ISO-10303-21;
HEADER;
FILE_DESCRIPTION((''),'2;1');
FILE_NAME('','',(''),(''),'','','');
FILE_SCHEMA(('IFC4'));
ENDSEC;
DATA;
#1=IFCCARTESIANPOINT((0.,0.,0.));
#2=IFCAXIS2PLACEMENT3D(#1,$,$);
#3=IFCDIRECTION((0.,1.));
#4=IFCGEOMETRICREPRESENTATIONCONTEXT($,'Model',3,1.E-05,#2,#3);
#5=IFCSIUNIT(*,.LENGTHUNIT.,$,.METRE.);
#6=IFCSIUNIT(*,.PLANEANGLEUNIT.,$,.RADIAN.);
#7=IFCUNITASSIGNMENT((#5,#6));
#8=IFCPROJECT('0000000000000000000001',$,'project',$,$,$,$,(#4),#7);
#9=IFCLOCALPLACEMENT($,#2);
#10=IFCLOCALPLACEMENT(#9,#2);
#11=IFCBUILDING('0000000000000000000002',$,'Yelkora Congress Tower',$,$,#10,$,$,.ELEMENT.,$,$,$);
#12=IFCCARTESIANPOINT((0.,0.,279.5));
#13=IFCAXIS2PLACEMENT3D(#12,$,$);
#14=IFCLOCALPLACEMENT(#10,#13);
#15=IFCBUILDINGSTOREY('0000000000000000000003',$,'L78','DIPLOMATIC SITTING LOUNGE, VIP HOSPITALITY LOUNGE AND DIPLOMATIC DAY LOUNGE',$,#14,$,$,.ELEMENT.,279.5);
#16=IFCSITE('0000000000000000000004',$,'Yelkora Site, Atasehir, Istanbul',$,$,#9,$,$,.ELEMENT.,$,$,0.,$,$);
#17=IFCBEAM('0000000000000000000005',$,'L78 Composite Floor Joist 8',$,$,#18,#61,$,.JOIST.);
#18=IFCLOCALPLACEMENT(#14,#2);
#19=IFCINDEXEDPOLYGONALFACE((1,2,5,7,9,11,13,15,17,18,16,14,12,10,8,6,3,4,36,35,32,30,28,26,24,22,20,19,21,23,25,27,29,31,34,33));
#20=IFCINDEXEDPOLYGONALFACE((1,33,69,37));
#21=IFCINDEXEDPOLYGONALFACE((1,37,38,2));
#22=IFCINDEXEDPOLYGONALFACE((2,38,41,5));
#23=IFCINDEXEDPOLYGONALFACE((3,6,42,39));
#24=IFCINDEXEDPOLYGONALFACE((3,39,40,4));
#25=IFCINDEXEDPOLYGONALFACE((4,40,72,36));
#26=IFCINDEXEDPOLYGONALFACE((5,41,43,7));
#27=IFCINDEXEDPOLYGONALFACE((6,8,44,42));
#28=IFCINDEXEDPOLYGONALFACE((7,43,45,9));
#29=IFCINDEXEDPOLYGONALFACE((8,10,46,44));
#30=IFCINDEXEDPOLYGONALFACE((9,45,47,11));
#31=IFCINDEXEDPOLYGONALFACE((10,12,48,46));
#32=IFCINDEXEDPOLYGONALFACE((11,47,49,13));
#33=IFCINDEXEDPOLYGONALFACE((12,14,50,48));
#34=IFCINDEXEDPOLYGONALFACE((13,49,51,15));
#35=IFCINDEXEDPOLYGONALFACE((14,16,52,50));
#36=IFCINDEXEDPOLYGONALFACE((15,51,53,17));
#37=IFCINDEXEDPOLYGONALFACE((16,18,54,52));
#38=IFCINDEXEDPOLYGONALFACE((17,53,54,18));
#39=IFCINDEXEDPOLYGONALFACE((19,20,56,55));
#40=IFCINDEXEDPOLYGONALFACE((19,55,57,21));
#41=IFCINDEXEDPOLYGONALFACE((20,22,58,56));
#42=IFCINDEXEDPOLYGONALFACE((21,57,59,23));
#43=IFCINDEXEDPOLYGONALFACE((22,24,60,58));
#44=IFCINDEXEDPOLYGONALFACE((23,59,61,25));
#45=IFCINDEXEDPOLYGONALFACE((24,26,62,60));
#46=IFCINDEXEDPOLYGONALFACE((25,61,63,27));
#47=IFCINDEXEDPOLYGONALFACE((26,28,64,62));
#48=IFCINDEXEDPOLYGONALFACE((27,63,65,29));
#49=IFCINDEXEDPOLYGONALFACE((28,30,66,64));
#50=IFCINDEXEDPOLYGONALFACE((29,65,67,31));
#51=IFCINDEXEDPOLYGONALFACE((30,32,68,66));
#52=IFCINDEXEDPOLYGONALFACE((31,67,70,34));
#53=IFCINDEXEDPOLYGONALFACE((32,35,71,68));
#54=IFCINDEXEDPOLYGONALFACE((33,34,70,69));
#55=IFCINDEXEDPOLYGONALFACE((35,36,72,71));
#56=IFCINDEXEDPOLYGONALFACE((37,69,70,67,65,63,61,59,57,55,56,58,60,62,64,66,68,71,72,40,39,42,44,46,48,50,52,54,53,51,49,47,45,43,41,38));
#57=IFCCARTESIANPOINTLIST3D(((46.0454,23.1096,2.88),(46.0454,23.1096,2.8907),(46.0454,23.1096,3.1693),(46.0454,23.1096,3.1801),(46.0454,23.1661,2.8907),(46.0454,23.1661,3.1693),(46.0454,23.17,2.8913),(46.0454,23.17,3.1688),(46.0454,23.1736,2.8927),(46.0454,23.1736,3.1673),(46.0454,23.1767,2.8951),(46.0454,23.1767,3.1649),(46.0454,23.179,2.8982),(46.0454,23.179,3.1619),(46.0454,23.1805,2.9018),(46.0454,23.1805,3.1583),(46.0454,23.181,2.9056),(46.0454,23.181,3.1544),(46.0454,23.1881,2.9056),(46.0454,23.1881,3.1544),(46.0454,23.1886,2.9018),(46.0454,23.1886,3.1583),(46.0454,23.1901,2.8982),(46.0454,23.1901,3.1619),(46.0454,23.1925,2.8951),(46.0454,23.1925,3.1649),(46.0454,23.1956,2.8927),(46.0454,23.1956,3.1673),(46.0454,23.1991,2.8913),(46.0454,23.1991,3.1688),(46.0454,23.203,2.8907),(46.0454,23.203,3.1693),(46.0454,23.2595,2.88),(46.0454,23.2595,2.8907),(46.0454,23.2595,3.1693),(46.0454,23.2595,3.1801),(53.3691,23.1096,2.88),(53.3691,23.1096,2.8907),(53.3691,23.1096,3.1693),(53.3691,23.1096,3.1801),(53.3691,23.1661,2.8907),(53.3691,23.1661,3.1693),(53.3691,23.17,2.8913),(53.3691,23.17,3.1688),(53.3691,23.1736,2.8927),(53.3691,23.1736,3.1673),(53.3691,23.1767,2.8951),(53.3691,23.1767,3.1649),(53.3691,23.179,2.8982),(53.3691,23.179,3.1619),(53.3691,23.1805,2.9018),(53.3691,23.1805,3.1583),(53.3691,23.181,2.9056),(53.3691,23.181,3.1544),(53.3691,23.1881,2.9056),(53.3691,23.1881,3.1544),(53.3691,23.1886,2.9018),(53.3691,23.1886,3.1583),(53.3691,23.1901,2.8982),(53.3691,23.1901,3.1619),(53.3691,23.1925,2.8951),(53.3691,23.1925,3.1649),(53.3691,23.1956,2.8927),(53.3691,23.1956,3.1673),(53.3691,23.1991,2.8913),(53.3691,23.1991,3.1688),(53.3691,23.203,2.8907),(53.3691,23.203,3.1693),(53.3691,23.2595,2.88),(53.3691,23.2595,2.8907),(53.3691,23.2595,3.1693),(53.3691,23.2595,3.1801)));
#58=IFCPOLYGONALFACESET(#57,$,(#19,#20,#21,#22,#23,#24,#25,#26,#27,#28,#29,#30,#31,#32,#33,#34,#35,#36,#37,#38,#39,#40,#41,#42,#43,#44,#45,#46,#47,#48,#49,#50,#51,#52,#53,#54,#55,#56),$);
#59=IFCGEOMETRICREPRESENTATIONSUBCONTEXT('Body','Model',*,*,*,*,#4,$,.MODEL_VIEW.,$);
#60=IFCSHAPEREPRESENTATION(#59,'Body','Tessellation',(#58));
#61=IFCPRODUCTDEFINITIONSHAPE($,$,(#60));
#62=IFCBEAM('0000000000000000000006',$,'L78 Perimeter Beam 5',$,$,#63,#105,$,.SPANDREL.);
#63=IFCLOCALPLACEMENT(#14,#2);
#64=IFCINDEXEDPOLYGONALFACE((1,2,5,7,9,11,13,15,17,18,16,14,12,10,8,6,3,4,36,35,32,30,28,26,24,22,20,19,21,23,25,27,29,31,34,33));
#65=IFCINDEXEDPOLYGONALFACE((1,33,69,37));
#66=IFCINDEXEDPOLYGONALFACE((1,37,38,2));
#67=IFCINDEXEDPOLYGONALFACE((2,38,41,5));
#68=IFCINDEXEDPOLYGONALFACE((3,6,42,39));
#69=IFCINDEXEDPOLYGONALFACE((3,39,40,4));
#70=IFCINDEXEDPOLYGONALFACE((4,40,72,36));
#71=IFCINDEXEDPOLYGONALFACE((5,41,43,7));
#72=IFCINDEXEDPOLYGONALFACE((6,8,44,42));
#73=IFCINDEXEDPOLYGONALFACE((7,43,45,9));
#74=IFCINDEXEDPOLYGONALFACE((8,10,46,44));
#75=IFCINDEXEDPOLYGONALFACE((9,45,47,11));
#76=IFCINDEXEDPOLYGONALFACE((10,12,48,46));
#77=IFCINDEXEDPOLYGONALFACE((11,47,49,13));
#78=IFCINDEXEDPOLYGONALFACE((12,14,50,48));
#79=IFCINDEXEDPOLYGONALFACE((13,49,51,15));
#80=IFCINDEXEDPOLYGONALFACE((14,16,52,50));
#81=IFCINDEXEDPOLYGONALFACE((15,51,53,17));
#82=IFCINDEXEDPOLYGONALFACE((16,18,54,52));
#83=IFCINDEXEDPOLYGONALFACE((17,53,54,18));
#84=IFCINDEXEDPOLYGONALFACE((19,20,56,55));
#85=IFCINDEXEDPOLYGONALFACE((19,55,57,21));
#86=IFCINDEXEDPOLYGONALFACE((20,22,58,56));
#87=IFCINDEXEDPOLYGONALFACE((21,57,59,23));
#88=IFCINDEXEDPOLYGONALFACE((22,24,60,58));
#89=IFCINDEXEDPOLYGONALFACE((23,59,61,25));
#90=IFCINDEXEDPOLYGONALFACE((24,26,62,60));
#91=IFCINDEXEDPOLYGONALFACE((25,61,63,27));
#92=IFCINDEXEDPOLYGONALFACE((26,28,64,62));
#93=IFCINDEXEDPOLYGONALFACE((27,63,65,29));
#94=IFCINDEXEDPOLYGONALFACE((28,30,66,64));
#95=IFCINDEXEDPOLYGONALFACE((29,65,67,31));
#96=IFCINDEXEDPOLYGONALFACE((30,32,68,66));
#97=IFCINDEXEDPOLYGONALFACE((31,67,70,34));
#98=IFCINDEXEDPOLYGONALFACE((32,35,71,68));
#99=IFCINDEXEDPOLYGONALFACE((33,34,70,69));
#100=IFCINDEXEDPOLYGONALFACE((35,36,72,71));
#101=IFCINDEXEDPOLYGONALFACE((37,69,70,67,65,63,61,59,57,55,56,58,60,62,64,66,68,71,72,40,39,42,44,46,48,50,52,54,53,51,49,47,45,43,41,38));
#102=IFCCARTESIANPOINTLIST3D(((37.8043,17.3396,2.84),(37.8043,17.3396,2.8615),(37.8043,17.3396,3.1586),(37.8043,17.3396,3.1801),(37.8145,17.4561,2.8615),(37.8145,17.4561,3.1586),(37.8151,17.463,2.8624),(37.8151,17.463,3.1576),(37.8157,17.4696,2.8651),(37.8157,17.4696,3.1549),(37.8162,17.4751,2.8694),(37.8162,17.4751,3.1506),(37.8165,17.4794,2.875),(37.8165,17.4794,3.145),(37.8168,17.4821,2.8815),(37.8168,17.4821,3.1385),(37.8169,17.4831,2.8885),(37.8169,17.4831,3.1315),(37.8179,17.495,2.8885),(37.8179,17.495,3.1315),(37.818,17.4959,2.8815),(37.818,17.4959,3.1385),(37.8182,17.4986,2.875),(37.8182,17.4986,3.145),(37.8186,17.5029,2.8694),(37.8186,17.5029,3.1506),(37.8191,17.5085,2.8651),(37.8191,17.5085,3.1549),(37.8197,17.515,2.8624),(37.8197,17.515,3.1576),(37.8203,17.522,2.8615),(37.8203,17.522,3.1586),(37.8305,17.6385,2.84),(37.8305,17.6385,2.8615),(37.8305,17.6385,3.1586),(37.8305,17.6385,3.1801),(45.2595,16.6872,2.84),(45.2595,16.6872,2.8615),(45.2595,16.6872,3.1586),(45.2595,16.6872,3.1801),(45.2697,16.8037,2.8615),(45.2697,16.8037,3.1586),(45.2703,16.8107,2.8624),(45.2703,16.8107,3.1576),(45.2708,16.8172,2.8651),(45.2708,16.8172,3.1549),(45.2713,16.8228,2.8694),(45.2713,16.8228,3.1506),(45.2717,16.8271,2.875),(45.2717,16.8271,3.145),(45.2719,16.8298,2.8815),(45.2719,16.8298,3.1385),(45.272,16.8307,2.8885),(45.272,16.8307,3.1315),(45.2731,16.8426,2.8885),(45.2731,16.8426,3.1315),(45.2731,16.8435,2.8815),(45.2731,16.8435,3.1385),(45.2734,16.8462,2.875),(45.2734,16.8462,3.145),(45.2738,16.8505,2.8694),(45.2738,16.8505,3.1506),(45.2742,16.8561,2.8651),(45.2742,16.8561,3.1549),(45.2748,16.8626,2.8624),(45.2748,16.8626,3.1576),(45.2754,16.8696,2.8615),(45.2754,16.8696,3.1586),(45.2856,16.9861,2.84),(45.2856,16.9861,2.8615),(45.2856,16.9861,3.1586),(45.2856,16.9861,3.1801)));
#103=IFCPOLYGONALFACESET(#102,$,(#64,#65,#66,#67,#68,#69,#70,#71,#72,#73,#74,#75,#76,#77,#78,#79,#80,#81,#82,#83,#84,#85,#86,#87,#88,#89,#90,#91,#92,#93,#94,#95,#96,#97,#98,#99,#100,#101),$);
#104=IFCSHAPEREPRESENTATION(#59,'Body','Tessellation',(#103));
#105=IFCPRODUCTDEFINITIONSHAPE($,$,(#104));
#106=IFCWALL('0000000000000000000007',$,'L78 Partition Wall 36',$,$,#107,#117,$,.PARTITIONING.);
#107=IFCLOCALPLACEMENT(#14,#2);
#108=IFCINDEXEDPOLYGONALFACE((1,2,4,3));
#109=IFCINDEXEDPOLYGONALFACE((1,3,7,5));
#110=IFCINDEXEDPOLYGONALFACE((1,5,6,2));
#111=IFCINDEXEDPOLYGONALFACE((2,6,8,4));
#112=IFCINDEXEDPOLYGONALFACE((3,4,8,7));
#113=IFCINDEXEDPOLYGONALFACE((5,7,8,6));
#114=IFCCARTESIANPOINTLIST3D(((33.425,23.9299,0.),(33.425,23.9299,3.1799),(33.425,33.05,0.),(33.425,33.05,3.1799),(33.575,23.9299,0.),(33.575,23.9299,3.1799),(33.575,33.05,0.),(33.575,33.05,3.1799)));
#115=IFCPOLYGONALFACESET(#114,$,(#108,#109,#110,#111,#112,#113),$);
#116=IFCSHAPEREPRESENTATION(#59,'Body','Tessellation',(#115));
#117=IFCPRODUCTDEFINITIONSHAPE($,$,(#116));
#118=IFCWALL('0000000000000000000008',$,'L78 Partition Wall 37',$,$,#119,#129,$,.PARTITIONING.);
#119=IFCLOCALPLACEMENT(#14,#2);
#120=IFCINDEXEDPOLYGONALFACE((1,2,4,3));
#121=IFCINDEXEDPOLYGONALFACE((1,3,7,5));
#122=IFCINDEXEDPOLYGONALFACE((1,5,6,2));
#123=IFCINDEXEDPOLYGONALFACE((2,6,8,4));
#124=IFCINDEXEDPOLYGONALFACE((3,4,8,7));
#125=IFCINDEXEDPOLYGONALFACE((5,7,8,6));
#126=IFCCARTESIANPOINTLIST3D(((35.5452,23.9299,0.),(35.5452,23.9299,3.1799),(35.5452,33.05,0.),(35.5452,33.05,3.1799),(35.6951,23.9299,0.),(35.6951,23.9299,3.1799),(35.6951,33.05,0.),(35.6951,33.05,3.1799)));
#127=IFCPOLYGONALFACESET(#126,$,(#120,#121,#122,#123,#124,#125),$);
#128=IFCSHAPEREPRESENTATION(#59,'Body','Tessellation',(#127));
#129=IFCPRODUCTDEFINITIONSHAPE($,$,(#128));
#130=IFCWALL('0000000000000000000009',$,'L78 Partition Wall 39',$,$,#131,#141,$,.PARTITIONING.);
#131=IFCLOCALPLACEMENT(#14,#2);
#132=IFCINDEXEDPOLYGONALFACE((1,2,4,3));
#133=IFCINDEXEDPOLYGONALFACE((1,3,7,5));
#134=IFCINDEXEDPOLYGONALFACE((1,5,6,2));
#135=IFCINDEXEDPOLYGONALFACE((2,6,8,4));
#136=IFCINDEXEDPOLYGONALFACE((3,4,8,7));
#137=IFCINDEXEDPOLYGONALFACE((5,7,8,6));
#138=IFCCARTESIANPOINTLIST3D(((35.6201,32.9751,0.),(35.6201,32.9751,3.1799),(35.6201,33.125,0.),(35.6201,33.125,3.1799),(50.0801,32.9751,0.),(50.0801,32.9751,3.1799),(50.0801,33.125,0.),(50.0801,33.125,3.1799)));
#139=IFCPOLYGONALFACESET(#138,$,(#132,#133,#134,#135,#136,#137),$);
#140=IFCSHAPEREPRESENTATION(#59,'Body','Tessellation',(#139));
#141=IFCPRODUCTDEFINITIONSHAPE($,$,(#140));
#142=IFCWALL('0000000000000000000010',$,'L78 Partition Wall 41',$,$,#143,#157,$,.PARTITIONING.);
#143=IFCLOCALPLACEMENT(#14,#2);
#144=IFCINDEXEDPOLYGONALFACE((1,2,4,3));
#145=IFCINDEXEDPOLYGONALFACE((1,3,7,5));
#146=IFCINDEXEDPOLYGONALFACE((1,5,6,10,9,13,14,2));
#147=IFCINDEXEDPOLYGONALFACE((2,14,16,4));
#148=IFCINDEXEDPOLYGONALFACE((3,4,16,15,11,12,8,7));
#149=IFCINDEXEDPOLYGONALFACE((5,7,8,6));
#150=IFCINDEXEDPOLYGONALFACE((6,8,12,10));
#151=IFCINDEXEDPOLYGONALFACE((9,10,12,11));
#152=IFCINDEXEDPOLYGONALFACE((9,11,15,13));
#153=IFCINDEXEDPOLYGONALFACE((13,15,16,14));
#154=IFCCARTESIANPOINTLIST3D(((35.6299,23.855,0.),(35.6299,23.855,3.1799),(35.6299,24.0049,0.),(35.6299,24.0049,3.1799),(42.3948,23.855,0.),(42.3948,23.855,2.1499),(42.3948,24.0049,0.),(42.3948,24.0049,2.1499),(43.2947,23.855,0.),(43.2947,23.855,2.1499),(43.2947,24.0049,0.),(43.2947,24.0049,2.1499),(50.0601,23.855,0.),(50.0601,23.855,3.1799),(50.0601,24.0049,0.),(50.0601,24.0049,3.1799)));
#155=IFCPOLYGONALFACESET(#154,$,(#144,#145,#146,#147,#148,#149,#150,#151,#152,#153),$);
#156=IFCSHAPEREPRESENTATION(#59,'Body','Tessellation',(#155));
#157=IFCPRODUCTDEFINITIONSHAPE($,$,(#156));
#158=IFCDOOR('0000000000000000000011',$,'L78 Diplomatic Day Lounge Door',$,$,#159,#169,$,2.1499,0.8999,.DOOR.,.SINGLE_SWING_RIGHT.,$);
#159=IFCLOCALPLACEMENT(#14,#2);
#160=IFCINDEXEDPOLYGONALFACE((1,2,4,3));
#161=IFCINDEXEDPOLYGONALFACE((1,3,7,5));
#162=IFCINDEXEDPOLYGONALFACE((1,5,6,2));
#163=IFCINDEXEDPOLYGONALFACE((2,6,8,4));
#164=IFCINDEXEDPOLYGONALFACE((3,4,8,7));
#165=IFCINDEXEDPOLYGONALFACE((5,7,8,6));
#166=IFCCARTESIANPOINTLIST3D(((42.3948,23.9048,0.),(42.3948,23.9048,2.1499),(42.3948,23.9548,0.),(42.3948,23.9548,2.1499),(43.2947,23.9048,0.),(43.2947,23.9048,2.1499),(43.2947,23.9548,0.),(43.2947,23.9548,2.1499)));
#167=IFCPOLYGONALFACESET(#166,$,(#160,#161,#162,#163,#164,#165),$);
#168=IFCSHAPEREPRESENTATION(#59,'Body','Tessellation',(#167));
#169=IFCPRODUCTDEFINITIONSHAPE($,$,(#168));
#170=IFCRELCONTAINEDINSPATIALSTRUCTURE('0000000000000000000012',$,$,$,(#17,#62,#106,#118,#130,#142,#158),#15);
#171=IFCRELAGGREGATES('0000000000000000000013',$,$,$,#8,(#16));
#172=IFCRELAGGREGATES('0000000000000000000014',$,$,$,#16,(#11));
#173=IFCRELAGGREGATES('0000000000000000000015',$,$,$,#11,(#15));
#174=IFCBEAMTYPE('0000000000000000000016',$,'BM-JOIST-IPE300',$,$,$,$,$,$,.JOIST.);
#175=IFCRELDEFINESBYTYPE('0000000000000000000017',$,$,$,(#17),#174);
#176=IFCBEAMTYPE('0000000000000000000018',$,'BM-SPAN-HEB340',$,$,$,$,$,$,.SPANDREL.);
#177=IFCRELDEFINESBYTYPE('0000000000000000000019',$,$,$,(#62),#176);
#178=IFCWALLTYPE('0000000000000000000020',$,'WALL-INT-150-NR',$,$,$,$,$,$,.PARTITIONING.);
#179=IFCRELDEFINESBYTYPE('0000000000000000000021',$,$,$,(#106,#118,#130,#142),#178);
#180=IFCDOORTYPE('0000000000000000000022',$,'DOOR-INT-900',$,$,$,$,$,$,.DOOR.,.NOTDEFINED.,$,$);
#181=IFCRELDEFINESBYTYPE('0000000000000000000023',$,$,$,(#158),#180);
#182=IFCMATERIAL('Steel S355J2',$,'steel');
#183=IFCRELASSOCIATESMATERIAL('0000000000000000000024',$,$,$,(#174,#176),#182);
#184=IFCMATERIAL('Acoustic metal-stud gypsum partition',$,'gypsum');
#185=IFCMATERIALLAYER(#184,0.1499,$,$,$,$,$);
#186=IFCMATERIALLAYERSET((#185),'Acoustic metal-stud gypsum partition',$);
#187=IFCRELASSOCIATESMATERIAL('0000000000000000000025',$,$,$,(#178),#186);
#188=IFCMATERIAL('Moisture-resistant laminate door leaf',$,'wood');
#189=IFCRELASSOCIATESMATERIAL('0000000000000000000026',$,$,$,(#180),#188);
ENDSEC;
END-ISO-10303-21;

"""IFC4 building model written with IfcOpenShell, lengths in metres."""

from ifc_helpers import new_model, si_unit, direction, frame, frame_2d, origin, origin_2d, place, context, subcontext, project, spatial, rectangle, i_section, extrude, material, layer, layer_set, material_profile, profile_set, type_object, element, fill, save


model = new_model("IFC4")

# Units and contexts
model_context = context("Model", 3, precision=1e-05, world=origin(), true_north=direction((0.0, 1.0)))
body_context = subcontext(model_context, "Body", "Model", "MODEL_VIEW")
ifc_project = project(units=[si_unit("LENGTHUNIT", "METRE"), si_unit("PLANEANGLEUNIT", "RADIAN")], contexts=[model_context])

# Site, building, storey
site_placement = place(None, origin())
site = spatial("IfcSite", under=ifc_project, at=site_placement, Name="Yelkora Site, Atasehir, Istanbul", CompositionType="ELEMENT", RefElevation=0.0)
building_placement = place(site_placement, origin())
building = spatial("IfcBuilding", under=site, at=building_placement, Name="Yelkora Congress Tower", CompositionType="ELEMENT")
storey_placement = place(building_placement, frame((0.0, 0.0, 279.5)))
storey = spatial("IfcBuildingStorey", under=building, at=storey_placement, Name="L78", Description="DIPLOMATIC SITTING LOUNGE, VIP HOSPITALITY LOUNGE AND DIPLOMATIC DAY LOUNGE", CompositionType="ELEMENT", Elevation=279.5)

# Shared definitions
ifc_material_1 = material(Name="Steel S355J2", Category="steel")

# Beams
ifc_material_profile_1 = material_profile(ifc_material_1, i_section(OverallWidth=0.1499, OverallDepth=0.3, WebThickness=0.0071, FlangeThickness=0.0107, FilletRadius=0.0149, at=origin_2d()), Name="IPE 300")
ifc_profile_set_1 = profile_set([ifc_material_profile_1], Name="Steel S355J2")
beam_type_1 = type_object("IfcBeamType", Name="BM-JOIST-IPE300", PredefinedType="JOIST", material=ifc_profile_set_1)
beam_1_placement = place(storey_placement, frame((46.0454, 23.1846, 3.03), z_axis=(1.0, 0.0, 0.0), x_axis=(0.0, 1.0, 0.0)))
element("IfcBeam", 1, at=beam_1_placement, inside=storey, type_object=beam_type_1, Name="L78 Composite Floor Joist 8", PredefinedType="JOIST", context=body_context, shape_type="SweptSolid", body=[
    extrude(i_section(OverallWidth=0.1499, OverallDepth=0.3, WebThickness=0.0071, FlangeThickness=0.0107, FilletRadius=0.0149, at=origin_2d()), origin(), (0.0, 0.0, 1.0), 7.3237),
])
ifc_material_profile_2 = material_profile(ifc_material_1, i_section(OverallWidth=0.3, OverallDepth=0.3401, WebThickness=0.012, FlangeThickness=0.0215, FilletRadius=0.0271, at=origin_2d()), Name="HEB 340")
ifc_profile_set_2 = profile_set([ifc_material_profile_2], Name="Steel S355J2")
beam_type_2 = type_object("IfcBeamType", Name="BM-SPAN-HEB340", PredefinedType="SPANDREL", material=ifc_profile_set_2)
beam_2_placement = place(storey_placement, frame((37.8174, 17.489, 3.01), z_axis=(0.996193, -0.08717, 0.0), x_axis=(0.08717, 0.996193, 0.0)))
element("IfcBeam", 2, at=beam_2_placement, inside=storey, type_object=beam_type_2, Name="L78 Perimeter Beam 5", PredefinedType="SPANDREL", context=body_context, shape_type="SweptSolid", body=[
    extrude(i_section(OverallWidth=0.3, OverallDepth=0.3401, WebThickness=0.012, FlangeThickness=0.0215, FilletRadius=0.0271, at=origin_2d()), origin(), (0.0, 0.0, 1.0), 7.4836),
])

# Walls
ifc_material_2 = material(Name="Acoustic metal-stud gypsum partition", Category="gypsum")
ifc_layer_1 = layer(ifc_material_2, 0.1499)
ifc_layer_set_1 = layer_set([ifc_layer_1], Name="Acoustic metal-stud gypsum partition")
wall_type_1 = type_object("IfcWallType", Name="WALL-INT-150-NR", PredefinedType="PARTITIONING", material=ifc_layer_set_1)
for number, where, z_axis, x_axis, name in (
    (3, (33.5, 23.9299, 0.0), (0.0, 0.0, 1.0), (0.0, 1.0, 0.0), "L78 Partition Wall 36"),
    (4, (35.6201, 23.9299, 0.0), (0.0, 0.0, 1.0), (0.0, 1.0, 0.0), "L78 Partition Wall 37"),
):
    element("IfcWall", number, at=place(storey_placement, frame(where, z_axis=z_axis, x_axis=x_axis)), inside=storey, type_object=wall_type_1, Name=name, PredefinedType="PARTITIONING", context=body_context, shape_type="SweptSolid", body=[
        extrude(rectangle(XDim=9.1201, YDim=0.1499, at=frame_2d((4.5601, 0.0))), origin(), (0.0, 0.0, 1.0), 3.1799),
    ])
wall_1_placement = place(storey_placement, frame((35.6201, 33.05, 0.0), z_axis=(0.0, 0.0, 1.0), x_axis=(1.0, 0.0, 0.0)))
element("IfcWall", 5, at=wall_1_placement, inside=storey, type_object=wall_type_1, Name="L78 Partition Wall 39", PredefinedType="PARTITIONING", context=body_context, shape_type="SweptSolid", body=[
    extrude(rectangle(XDim=14.46, YDim=0.1499, at=frame_2d((7.23, 0.0))), origin(), (0.0, 0.0, 1.0), 3.1799),
])

# Wall, opening, door
wall_2_placement = place(storey_placement, frame((35.6299, 23.9299, 0.0), z_axis=(0.0, 0.0, 1.0), x_axis=(1.0, 0.0, 0.0)))
wall_2 = element("IfcWall", 6, at=wall_2_placement, inside=storey, type_object=wall_type_1, Name="L78 Partition Wall 41", PredefinedType="PARTITIONING", context=body_context, shape_type="SweptSolid", body=[
    extrude(rectangle(XDim=14.4302, YDim=0.1499, at=frame_2d((7.2151, 0.0))), origin(), (0.0, 0.0, 1.0), 3.1799),
])
opening_1_placement = place(wall_2_placement, frame((6.7649, 0.0, 0.0)))
opening_1 = element("IfcOpeningElement", 7, at=opening_1_placement, cuts=wall_2, PredefinedType="OPENING", context=body_context, shape_type="SweptSolid", body=[
    extrude(rectangle(XDim=0.8999, YDim=2.1499, at=frame_2d((0.45, 1.075))), frame((0.0, 0.085, 0.0), z_axis=(0.0, -1.0, 0.0), x_axis=(1.0, 0.0, 0.0)), (0.0, 0.0, 1.0), 0.1699),
])
ifc_material_3 = material(Name="Moisture-resistant laminate door leaf", Category="wood")
door_type_1 = type_object("IfcDoorType", Name="DOOR-INT-900", OperationType="NOTDEFINED", PredefinedType="DOOR", material=ifc_material_3)
door_1_placement = place(opening_1_placement, origin())
door_1 = element("IfcDoor", 8, at=door_1_placement, inside=storey, type_object=door_type_1, Name="L78 Diplomatic Day Lounge Door", OperationType="SINGLE_SWING_RIGHT", OverallHeight=2.1499, OverallWidth=0.8999, PredefinedType="DOOR", context=body_context, shape_type="SweptSolid", body=[
    extrude(rectangle(XDim=0.8999, YDim=2.1499, at=frame_2d((0.45, 1.075))), frame((0.0, 0.0249, 0.0), z_axis=(0.0, -1.0, 0.0), x_axis=(1.0, 0.0, 0.0)), (0.0, 0.0, 1.0), 0.05),
])
fill(opening_1, door_1)

save(model, "model.ifc")
